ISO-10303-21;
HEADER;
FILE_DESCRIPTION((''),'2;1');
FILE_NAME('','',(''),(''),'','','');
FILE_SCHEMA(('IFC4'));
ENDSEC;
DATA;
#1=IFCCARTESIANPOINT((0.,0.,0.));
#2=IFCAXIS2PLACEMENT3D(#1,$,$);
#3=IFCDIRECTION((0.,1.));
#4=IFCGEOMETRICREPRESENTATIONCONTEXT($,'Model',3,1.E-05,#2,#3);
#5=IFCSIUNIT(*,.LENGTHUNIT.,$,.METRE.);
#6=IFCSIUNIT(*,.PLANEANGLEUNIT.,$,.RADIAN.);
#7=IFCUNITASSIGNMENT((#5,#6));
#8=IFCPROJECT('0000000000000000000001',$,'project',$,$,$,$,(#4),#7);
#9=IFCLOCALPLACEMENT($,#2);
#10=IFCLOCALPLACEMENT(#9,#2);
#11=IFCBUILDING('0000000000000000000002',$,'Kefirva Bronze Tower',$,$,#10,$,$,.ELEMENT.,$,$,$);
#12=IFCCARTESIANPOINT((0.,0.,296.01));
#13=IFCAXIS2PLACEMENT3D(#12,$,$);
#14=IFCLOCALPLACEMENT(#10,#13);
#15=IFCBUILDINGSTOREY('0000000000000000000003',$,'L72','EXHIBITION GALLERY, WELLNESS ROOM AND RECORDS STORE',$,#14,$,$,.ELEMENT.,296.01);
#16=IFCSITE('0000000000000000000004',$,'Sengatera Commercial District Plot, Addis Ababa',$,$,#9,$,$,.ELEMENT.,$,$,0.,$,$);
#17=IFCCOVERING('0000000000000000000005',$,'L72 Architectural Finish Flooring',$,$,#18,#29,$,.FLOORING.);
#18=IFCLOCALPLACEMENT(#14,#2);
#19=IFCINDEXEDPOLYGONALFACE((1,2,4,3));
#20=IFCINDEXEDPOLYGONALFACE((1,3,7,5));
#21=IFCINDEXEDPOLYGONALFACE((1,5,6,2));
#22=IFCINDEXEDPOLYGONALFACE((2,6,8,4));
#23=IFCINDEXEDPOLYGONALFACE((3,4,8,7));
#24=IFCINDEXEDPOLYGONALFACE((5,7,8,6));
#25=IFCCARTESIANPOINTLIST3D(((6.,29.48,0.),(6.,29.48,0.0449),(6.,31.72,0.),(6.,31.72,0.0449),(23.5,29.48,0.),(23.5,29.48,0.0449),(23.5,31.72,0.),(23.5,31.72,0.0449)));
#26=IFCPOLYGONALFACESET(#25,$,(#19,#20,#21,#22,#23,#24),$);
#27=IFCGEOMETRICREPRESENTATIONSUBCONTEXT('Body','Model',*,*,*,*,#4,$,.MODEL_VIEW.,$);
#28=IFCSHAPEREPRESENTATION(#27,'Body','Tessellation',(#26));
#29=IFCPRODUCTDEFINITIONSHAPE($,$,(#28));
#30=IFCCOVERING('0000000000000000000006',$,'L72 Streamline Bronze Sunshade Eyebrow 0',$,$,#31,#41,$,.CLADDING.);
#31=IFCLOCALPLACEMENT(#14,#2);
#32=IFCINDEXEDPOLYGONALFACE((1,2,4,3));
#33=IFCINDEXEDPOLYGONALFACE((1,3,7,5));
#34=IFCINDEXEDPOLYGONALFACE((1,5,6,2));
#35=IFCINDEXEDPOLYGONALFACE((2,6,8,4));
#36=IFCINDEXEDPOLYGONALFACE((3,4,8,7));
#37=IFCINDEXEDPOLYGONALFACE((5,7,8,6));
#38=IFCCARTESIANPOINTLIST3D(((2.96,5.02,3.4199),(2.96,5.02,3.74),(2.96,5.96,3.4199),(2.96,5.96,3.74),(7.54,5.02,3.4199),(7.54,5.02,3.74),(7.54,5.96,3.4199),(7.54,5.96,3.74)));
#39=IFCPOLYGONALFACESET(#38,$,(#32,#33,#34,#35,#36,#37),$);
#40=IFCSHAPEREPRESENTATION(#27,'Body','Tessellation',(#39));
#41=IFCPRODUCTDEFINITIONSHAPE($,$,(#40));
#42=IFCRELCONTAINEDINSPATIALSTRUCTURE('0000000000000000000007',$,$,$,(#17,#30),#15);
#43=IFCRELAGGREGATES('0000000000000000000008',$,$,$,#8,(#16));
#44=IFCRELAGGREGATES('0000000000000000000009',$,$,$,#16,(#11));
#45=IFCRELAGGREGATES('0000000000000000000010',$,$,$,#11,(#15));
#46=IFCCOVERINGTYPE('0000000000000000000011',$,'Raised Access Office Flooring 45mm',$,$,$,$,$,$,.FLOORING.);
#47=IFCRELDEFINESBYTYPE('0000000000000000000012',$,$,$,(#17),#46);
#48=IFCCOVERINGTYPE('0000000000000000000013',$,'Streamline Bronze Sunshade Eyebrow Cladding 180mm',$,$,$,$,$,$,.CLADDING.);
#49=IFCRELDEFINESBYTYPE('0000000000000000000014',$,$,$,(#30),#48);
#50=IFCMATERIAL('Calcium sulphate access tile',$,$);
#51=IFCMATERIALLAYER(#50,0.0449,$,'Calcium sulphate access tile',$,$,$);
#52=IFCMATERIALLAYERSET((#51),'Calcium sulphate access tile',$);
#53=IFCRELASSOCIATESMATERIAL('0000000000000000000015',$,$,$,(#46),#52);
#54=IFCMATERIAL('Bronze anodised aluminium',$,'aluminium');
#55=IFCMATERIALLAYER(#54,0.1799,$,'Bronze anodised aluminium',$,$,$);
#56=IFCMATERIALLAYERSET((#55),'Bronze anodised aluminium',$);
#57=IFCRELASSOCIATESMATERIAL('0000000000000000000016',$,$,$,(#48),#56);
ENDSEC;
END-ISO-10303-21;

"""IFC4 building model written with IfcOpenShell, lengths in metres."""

from ifc_helpers import new_model, si_unit, direction, frame, origin, origin_2d, place, context, subcontext, project, spatial, polyline, rectangle, outline, extrude, material, layer, layer_set, type_object, element, save


model = new_model("IFC4")

# Units and contexts
model_context = context("Model", 3, precision=1e-05, world=origin(), true_north=direction((0.0, 1.0)))
body_context = subcontext(model_context, "Body", "Model", "MODEL_VIEW")
ifc_project = project(units=[si_unit("LENGTHUNIT", "METRE"), si_unit("PLANEANGLEUNIT", "RADIAN")], contexts=[model_context])

# Site, building, storey
site_placement = place(None, origin())
site = spatial("IfcSite", under=ifc_project, at=site_placement, Name="Sengatera Commercial District Plot, Addis Ababa", CompositionType="ELEMENT", RefElevation=0.0)
building_placement = place(site_placement, origin())
building = spatial("IfcBuilding", under=site, at=building_placement, Name="Kefirva Bronze Tower", CompositionType="ELEMENT")
storey_placement = place(building_placement, frame((0.0, 0.0, 296.01)))
storey = spatial("IfcBuildingStorey", under=building, at=storey_placement, Name="L72", Description="EXHIBITION GALLERY, WELLNESS ROOM AND RECORDS STORE", CompositionType="ELEMENT", Elevation=296.01)

# Coverings
ifc_material_1 = material(Name="Bronze anodised aluminium", Category="aluminium")
ifc_material_2 = material(Name="Calcium sulphate access tile")
ifc_layer_1 = layer(ifc_material_2, 0.0449, Name="Calcium sulphate access tile")
ifc_layer_set_1 = layer_set([ifc_layer_1], Name="Calcium sulphate access tile")
covering_type_1 = type_object("IfcCoveringType", Name="Raised Access Office Flooring 45mm", PredefinedType="FLOORING", material=ifc_layer_set_1)
covering_1_placement = place(storey_placement, origin())
element("IfcCovering", 1, at=covering_1_placement, inside=storey, type_object=covering_type_1, Name="L72 Architectural Finish Flooring", PredefinedType="FLOORING", context=body_context, shape_type="SweptSolid", body=[
    extrude(outline(polyline([(6.0, 29.48), (23.5, 29.48), (23.5, 31.72), (6.0, 31.72), (6.0, 29.48)])), origin(), (0.0, 0.0, 1.0), 0.0449),
])
ifc_layer_2 = layer(ifc_material_1, 0.1799, Name="Bronze anodised aluminium")
ifc_layer_set_2 = layer_set([ifc_layer_2], Name="Bronze anodised aluminium")
covering_type_2 = type_object("IfcCoveringType", Name="Streamline Bronze Sunshade Eyebrow Cladding 180mm", PredefinedType="CLADDING", material=ifc_layer_set_2)
covering_2_placement = place(storey_placement, frame((5.25, 5.49, 3.4199), z_axis=(0.0, 0.0, 1.0), x_axis=(1.0, 0.0, 0.0)))
element("IfcCovering", 2, at=covering_2_placement, inside=storey, type_object=covering_type_2, Name="L72 Streamline Bronze Sunshade Eyebrow 0", PredefinedType="CLADDING", context=body_context, shape_type="SweptSolid", body=[
    extrude(rectangle(XDim=4.5801, YDim=0.9399, at=origin_2d()), origin(), (0.0, 0.0, 1.0), 0.3201),
])

save(model, "model.ifc")
